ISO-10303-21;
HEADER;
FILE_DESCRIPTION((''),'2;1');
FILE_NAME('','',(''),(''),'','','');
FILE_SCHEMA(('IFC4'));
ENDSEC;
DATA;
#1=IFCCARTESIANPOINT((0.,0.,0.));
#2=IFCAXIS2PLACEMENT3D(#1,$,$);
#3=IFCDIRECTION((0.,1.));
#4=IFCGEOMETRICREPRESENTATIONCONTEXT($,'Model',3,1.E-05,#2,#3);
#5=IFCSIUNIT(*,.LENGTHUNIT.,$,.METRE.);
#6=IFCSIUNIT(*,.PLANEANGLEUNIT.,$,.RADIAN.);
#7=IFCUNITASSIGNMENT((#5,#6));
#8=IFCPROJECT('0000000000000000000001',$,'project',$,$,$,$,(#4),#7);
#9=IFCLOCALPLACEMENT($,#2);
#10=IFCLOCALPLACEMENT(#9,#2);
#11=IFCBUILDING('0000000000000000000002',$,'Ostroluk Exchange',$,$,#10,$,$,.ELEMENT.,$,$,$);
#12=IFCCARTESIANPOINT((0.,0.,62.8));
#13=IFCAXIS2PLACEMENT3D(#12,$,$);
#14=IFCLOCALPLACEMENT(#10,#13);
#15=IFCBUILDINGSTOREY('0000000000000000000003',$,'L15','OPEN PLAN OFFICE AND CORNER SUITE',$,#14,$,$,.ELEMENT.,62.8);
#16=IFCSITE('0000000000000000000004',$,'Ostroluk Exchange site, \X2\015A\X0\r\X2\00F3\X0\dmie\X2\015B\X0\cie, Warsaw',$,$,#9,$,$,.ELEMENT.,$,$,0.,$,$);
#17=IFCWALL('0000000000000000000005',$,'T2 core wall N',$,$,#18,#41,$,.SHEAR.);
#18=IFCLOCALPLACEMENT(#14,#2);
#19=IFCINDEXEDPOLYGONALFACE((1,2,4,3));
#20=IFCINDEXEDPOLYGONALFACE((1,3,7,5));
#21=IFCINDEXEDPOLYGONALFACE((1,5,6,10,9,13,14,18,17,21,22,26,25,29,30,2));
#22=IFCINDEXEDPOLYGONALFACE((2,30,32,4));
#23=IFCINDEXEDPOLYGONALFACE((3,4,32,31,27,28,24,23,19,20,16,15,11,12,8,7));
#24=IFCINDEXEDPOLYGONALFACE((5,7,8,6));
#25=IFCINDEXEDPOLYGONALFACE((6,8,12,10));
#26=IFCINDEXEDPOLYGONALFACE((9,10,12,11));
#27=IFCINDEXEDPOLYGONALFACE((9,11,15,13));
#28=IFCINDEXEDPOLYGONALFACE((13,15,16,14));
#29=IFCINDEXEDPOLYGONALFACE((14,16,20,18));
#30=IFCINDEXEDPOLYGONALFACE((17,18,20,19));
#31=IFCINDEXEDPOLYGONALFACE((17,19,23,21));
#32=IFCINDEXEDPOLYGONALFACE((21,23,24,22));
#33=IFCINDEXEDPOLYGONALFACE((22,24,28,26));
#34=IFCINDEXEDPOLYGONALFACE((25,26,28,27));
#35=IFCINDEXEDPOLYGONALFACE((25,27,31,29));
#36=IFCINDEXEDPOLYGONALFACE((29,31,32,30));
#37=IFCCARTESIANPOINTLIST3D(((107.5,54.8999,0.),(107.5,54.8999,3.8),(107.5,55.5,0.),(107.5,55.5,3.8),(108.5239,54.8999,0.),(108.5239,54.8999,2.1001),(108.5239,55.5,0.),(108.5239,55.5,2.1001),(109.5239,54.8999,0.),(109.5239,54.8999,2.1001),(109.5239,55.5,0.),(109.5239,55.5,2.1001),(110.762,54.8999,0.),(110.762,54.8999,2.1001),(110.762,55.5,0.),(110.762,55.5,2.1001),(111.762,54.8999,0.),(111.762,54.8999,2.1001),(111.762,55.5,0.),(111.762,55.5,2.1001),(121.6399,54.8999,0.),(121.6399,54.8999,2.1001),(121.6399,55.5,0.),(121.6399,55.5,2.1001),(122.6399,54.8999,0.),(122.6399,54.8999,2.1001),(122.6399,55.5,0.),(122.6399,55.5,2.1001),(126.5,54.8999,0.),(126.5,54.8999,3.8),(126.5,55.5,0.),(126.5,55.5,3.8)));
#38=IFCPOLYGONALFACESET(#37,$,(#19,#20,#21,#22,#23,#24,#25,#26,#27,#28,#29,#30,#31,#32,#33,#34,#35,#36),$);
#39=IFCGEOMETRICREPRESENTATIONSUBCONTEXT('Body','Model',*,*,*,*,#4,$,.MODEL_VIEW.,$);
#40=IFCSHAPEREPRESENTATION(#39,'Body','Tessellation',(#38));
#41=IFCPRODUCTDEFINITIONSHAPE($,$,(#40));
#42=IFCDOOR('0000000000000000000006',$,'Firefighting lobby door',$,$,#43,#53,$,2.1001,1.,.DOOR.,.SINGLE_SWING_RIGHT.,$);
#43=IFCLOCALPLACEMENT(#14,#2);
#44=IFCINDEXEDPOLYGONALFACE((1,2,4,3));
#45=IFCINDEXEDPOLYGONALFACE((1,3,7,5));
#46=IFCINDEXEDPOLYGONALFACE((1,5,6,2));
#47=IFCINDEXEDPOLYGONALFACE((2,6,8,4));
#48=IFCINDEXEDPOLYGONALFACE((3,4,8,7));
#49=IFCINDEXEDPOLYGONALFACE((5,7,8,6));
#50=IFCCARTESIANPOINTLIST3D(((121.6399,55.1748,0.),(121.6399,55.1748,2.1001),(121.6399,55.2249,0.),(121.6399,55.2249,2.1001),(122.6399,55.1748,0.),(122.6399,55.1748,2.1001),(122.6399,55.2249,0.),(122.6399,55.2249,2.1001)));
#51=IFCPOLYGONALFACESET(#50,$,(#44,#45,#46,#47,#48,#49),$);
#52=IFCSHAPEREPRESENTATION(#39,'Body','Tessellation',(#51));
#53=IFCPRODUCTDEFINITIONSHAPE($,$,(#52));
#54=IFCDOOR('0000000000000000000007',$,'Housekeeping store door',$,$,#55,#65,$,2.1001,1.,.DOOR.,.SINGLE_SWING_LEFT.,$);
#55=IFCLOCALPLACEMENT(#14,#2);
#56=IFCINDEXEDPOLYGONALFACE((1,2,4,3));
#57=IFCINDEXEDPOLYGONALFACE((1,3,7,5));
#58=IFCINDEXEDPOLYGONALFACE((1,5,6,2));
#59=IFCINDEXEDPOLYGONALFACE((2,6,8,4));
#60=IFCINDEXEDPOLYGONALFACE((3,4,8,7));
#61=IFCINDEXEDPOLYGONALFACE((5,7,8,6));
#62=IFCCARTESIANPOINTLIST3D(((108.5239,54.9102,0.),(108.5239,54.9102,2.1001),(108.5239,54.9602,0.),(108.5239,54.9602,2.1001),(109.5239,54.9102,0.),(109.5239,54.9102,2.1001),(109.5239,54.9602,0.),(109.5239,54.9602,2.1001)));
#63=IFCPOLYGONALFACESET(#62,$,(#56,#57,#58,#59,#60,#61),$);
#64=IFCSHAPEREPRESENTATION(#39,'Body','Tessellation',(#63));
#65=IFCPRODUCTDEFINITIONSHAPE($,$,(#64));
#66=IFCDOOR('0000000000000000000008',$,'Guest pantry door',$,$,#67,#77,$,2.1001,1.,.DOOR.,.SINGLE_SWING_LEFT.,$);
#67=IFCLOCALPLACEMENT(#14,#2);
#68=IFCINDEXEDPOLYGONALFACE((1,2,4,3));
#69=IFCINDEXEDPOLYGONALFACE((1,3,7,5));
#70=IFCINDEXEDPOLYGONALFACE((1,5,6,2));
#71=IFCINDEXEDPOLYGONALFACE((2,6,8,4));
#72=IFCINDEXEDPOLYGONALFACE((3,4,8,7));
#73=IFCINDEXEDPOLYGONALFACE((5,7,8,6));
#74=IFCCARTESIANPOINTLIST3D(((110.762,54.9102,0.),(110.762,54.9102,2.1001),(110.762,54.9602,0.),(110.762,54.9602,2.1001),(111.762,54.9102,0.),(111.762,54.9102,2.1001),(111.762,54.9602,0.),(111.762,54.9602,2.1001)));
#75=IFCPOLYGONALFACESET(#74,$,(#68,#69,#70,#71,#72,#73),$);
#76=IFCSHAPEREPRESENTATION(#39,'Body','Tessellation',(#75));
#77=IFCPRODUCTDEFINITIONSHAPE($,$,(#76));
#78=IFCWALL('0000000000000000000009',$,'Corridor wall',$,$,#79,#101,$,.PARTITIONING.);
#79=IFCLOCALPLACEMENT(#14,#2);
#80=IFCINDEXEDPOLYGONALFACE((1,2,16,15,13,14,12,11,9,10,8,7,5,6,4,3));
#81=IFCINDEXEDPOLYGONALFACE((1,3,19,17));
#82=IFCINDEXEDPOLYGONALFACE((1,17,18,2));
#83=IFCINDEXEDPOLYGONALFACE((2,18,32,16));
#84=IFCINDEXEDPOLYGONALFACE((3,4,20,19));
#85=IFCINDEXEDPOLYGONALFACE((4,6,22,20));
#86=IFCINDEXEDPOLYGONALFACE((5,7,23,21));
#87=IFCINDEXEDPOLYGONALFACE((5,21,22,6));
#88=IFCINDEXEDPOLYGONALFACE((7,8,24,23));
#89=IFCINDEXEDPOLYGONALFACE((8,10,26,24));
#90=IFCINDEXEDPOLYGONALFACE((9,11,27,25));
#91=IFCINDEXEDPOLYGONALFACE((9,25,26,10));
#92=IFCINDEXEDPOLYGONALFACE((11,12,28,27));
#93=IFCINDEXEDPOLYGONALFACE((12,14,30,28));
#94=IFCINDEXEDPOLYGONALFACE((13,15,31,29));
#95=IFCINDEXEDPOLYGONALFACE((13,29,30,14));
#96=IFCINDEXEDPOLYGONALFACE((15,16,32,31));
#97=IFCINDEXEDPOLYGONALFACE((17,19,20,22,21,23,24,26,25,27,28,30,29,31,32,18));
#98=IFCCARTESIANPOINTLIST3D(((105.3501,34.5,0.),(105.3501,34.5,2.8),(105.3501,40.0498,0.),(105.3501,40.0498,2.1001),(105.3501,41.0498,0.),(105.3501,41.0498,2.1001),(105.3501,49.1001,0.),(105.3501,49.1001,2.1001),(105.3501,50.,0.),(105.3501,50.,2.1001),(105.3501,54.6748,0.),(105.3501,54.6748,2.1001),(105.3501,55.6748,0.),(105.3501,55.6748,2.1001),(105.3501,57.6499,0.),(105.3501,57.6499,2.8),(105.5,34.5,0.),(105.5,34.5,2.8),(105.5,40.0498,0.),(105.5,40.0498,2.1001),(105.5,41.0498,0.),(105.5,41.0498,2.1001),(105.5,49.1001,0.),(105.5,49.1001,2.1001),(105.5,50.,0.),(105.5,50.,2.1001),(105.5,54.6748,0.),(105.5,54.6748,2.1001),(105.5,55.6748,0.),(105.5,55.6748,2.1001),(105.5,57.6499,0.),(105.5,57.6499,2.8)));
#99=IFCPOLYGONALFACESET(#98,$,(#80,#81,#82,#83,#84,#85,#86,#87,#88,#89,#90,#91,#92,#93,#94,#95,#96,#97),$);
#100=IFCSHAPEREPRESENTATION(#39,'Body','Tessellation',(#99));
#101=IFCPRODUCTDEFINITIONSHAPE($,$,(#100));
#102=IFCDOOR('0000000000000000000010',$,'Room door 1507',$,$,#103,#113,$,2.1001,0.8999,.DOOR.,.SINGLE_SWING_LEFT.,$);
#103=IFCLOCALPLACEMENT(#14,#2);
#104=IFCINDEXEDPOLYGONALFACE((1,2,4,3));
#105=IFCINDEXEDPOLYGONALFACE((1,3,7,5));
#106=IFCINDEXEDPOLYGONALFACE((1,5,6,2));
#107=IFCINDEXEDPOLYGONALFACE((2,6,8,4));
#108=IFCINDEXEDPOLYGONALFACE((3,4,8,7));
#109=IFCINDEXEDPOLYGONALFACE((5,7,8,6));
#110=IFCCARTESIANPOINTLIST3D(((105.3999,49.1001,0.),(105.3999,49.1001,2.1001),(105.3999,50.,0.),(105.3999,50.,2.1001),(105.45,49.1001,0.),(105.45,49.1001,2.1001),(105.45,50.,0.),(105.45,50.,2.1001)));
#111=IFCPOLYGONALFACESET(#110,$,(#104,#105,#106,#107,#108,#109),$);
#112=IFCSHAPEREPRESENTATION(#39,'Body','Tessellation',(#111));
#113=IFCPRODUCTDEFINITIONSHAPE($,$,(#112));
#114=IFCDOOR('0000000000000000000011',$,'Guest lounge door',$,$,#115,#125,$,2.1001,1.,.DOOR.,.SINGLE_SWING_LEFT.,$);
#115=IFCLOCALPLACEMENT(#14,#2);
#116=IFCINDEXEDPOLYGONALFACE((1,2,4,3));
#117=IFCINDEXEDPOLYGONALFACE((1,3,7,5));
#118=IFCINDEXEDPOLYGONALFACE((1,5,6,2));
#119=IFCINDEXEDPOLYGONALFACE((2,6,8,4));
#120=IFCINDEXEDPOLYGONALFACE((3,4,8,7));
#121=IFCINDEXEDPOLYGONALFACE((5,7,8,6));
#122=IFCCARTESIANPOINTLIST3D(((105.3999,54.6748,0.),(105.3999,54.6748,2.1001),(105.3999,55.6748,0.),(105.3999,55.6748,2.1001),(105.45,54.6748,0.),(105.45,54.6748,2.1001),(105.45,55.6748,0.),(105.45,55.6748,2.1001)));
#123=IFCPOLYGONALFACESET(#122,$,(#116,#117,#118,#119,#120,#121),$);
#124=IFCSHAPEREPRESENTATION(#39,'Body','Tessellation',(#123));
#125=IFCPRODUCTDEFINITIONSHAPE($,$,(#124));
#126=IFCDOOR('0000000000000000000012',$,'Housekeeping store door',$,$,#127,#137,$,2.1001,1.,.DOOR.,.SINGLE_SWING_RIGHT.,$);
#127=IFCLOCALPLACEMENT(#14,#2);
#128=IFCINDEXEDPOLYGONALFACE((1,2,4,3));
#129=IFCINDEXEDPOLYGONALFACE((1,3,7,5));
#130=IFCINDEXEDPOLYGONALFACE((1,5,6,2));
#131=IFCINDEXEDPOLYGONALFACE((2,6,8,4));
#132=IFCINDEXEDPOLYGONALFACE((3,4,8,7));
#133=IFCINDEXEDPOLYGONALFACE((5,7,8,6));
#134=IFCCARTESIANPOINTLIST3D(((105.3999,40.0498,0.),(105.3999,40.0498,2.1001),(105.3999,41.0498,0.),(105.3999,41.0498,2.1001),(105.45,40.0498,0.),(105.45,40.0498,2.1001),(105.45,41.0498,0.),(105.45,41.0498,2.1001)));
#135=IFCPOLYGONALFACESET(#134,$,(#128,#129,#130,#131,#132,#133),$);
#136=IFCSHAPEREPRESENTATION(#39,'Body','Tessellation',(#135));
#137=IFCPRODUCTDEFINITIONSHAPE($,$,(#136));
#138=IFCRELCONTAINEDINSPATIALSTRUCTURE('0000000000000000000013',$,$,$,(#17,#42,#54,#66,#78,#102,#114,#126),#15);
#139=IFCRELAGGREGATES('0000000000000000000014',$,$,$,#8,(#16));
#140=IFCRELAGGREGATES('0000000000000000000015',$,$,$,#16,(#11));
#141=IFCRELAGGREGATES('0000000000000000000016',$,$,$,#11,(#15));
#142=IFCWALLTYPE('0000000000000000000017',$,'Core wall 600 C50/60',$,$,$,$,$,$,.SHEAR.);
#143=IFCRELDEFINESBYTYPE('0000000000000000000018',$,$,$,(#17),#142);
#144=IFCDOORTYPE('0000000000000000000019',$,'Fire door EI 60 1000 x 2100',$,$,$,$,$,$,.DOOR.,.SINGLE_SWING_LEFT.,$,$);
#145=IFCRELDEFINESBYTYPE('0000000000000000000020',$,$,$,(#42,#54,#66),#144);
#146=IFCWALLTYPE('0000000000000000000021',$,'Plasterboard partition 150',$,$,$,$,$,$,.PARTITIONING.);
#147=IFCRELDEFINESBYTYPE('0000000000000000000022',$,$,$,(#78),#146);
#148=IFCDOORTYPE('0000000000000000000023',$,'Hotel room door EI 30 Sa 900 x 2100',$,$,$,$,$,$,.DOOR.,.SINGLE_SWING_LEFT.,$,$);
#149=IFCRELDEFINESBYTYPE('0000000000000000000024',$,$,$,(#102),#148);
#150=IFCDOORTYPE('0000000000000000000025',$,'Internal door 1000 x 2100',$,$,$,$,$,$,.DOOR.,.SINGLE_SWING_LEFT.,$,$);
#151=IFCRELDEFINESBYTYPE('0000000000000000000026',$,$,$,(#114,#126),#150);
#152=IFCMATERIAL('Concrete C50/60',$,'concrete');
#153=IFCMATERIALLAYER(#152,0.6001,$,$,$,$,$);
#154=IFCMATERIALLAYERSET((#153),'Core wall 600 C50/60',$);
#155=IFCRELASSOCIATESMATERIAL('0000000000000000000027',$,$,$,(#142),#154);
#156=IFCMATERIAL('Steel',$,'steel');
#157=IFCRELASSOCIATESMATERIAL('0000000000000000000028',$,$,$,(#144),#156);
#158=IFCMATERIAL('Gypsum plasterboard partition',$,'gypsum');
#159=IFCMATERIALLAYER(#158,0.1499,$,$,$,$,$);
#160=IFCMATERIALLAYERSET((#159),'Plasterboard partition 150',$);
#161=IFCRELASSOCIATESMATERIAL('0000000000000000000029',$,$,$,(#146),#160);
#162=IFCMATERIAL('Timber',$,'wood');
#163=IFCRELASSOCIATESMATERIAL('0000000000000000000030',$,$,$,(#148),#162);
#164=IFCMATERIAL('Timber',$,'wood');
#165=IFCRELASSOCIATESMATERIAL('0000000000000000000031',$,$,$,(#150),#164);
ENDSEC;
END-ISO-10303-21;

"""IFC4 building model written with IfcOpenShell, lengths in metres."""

from ifc_helpers import new_model, si_unit, direction, frame, frame_2d, origin, place, context, subcontext, project, spatial, rectangle, extrude, material, layer, layer_set, type_object, element, fill, save


model = new_model("IFC4")

# Units and contexts
model_context = context("Model", 3, precision=1e-05, world=origin(), true_north=direction((0.0, 1.0)))
body_context = subcontext(model_context, "Body", "Model", "MODEL_VIEW")
ifc_project = project(units=[si_unit("LENGTHUNIT", "METRE"), si_unit("PLANEANGLEUNIT", "RADIAN")], contexts=[model_context])

# Site, building, storey
site_placement = place(None, origin())
site = spatial("IfcSite", under=ifc_project, at=site_placement, Name="Ostroluk Exchange site, Śródmieście, Warsaw", CompositionType="ELEMENT", RefElevation=0.0)
building_placement = place(site_placement, origin())
building = spatial("IfcBuilding", under=site, at=building_placement, Name="Ostroluk Exchange", CompositionType="ELEMENT")
storey_placement = place(building_placement, frame((0.0, 0.0, 62.8)))
storey = spatial("IfcBuildingStorey", under=building, at=storey_placement, Name="L15", Description="OPEN PLAN OFFICE AND CORNER SUITE", CompositionType="ELEMENT", Elevation=62.8)

# Walls, openings, doors
ifc_material_1 = material(Name="Concrete C50/60", Category="concrete")
ifc_layer_1 = layer(ifc_material_1, 0.6001)
ifc_layer_set_1 = layer_set([ifc_layer_1], Name="Core wall 600 C50/60")
wall_type_1 = type_object("IfcWallType", Name="Core wall 600 C50/60", PredefinedType="SHEAR", material=ifc_layer_set_1)
wall_1_placement = place(storey_placement, frame((107.5, 55.2, 0.0), z_axis=(0.0, 0.0, 1.0), x_axis=(1.0, 0.0, 0.0)))
wall_1 = element("IfcWall", 1, at=wall_1_placement, inside=storey, type_object=wall_type_1, Name="T2 core wall N", PredefinedType="SHEAR", context=body_context, shape_type="SweptSolid", body=[
    extrude(rectangle(XDim=19.0, YDim=0.6001, at=frame_2d((9.5, 0.0))), origin(), (0.0, 0.0, 1.0), 3.8),
])
opening_1_placement = place(wall_1_placement, frame((14.1399, 0.0, 0.0)))
opening_1 = element("IfcOpeningElement", 2, at=opening_1_placement, cuts=wall_1, PredefinedType="OPENING", context=body_context, shape_type="SweptSolid", body=[
    extrude(rectangle(XDim=1.0, YDim=2.1001, at=frame_2d((0.5, 1.05))), frame((0.0, 0.3101, 0.0), z_axis=(0.0, -1.0, 0.0), x_axis=(1.0, 0.0, 0.0)), (0.0, 0.0, 1.0), 0.6201),
])
opening_2_placement = place(wall_1_placement, frame((1.0239, 0.0, 0.0)))
opening_2 = element("IfcOpeningElement", 3, at=opening_2_placement, cuts=wall_1, PredefinedType="OPENING", context=body_context, shape_type="SweptSolid", body=[
    extrude(rectangle(XDim=1.0, YDim=2.1001, at=frame_2d((0.5, 1.05))), frame((0.0, 0.3101, 0.0), z_axis=(0.0, -1.0, 0.0), x_axis=(1.0, 0.0, 0.0)), (0.0, 0.0, 1.0), 0.6201),
])
opening_3_placement = place(wall_1_placement, frame((3.262, 0.0, 0.0)))
opening_3 = element("IfcOpeningElement", 4, at=opening_3_placement, cuts=wall_1, PredefinedType="OPENING", context=body_context, shape_type="SweptSolid", body=[
    extrude(rectangle(XDim=1.0, YDim=2.1001, at=frame_2d((0.5, 1.05))), frame((0.0, 0.3101, 0.0), z_axis=(0.0, -1.0, 0.0), x_axis=(1.0, 0.0, 0.0)), (0.0, 0.0, 1.0), 0.6201),
])
ifc_material_2 = material(Name="Steel", Category="steel")
door_type_1 = type_object("IfcDoorType", Name="Fire door EI 60 1000 x 2100", OperationType="SINGLE_SWING_LEFT", PredefinedType="DOOR", material=ifc_material_2)
door_1_placement = place(opening_1_placement, origin())
door_1 = element("IfcDoor", 5, at=door_1_placement, inside=storey, type_object=door_type_1, Name="Firefighting lobby door", OperationType="SINGLE_SWING_RIGHT", OverallHeight=2.1001, OverallWidth=1.0, PredefinedType="DOOR", context=body_context, shape_type="SweptSolid", body=[
    extrude(rectangle(XDim=1.0, YDim=2.1001, at=frame_2d((0.5, 1.05))), frame((0.0, 0.0249, 0.0), z_axis=(0.0, -1.0, 0.0), x_axis=(1.0, 0.0, 0.0)), (0.0, 0.0, 1.0), 0.05),
])
fill(opening_1, door_1)
door_2_placement = place(opening_2_placement, origin())
door_2 = element("IfcDoor", 6, at=door_2_placement, inside=storey, type_object=door_type_1, Name="Housekeeping store door", OperationType="SINGLE_SWING_LEFT", OverallHeight=2.1001, OverallWidth=1.0, PredefinedType="DOOR", context=body_context, shape_type="SweptSolid", body=[
    extrude(rectangle(XDim=1.0, YDim=2.1001, at=frame_2d((0.5, 1.05))), frame((0.0, -0.2397, 0.0), z_axis=(0.0, -1.0, 0.0), x_axis=(1.0, 0.0, 0.0)), (0.0, 0.0, 1.0), 0.05),
])
fill(opening_2, door_2)
door_3_placement = place(opening_3_placement, origin())
door_3 = element("IfcDoor", 7, at=door_3_placement, inside=storey, type_object=door_type_1, Name="Guest pantry door", OperationType="SINGLE_SWING_LEFT", OverallHeight=2.1001, OverallWidth=1.0, PredefinedType="DOOR", context=body_context, shape_type="SweptSolid", body=[
    extrude(rectangle(XDim=1.0, YDim=2.1001, at=frame_2d((0.5, 1.05))), frame((0.0, -0.2397, 0.0), z_axis=(0.0, -1.0, 0.0), x_axis=(1.0, 0.0, 0.0)), (0.0, 0.0, 1.0), 0.05),
])
fill(opening_3, door_3)
ifc_material_3 = material(Name="Gypsum plasterboard partition", Category="gypsum")
ifc_layer_2 = layer(ifc_material_3, 0.1499)
ifc_layer_set_2 = layer_set([ifc_layer_2], Name="Plasterboard partition 150")
wall_type_2 = type_object("IfcWallType", Name="Plasterboard partition 150", PredefinedType="PARTITIONING", material=ifc_layer_set_2)
wall_2_placement = place(storey_placement, frame((105.425, 57.6499, 0.0), z_axis=(0.0, 0.0, 1.0), x_axis=(0.0, -1.0, 0.0)))
wall_2 = element("IfcWall", 8, at=wall_2_placement, inside=storey, type_object=wall_type_2, Name="Corridor wall", PredefinedType="PARTITIONING", context=body_context, shape_type="SweptSolid", body=[
    extrude(rectangle(XDim=23.1499, YDim=0.1499, at=frame_2d((11.575, 0.0))), origin(), (0.0, 0.0, 1.0), 2.8),
])
opening_4_placement = place(wall_2_placement, frame((1.9751, 0.0, 0.0)))
opening_4 = element("IfcOpeningElement", 9, at=opening_4_placement, cuts=wall_2, PredefinedType="OPENING", context=body_context, shape_type="SweptSolid", body=[
    extrude(rectangle(XDim=1.0, YDim=2.1001, at=frame_2d((0.5, 1.05))), frame((0.0, 0.085, 0.0), z_axis=(0.0, -1.0, 0.0), x_axis=(1.0, 0.0, 0.0)), (0.0, 0.0, 1.0), 0.1699),
])
opening_5_placement = place(wall_2_placement, frame((7.6499, 0.0, 0.0)))
opening_5 = element("IfcOpeningElement", 10, at=opening_5_placement, cuts=wall_2, PredefinedType="OPENING", context=body_context, shape_type="SweptSolid", body=[
    extrude(rectangle(XDim=0.8999, YDim=2.1001, at=frame_2d((0.45, 1.05))), frame((0.0, 0.085, 0.0), z_axis=(0.0, -1.0, 0.0), x_axis=(1.0, 0.0, 0.0)), (0.0, 0.0, 1.0), 0.1699),
])
opening_6_placement = place(wall_2_placement, frame((16.6001, 0.0, 0.0)))
opening_6 = element("IfcOpeningElement", 11, at=opening_6_placement, cuts=wall_2, PredefinedType="OPENING", context=body_context, shape_type="SweptSolid", body=[
    extrude(rectangle(XDim=1.0, YDim=2.1001, at=frame_2d((0.5, 1.05))), frame((0.0, 0.085, 0.0), z_axis=(0.0, -1.0, 0.0), x_axis=(1.0, 0.0, 0.0)), (0.0, 0.0, 1.0), 0.1699),
])
ifc_material_4 = material(Name="Timber", Category="wood")
door_type_2 = type_object("IfcDoorType", Name="Hotel room door EI 30 Sa 900 x 2100", OperationType="SINGLE_SWING_LEFT", PredefinedType="DOOR", material=ifc_material_4)
door_4_placement = place(opening_5_placement, origin())
door_4 = element("IfcDoor", 12, at=door_4_placement, inside=storey, type_object=door_type_2, Name="Room door 1507", OperationType="SINGLE_SWING_LEFT", OverallHeight=2.1001, OverallWidth=0.8999, PredefinedType="DOOR", context=body_context, shape_type="SweptSolid", body=[
    extrude(rectangle(XDim=0.8999, YDim=2.1001, at=frame_2d((0.45, 1.05))), frame((0.0, 0.0249, 0.0), z_axis=(0.0, -1.0, 0.0), x_axis=(1.0, 0.0, 0.0)), (0.0, 0.0, 1.0), 0.05),
])
fill(opening_5, door_4)
ifc_material_5 = material(Name="Timber", Category="wood")
door_type_3 = type_object("IfcDoorType", Name="Internal door 1000 x 2100", OperationType="SINGLE_SWING_LEFT", PredefinedType="DOOR", material=ifc_material_5)
door_5_placement = place(opening_4_placement, origin())
door_5 = element("IfcDoor", 13, at=door_5_placement, inside=storey, type_object=door_type_3, Name="Guest lounge door", OperationType="SINGLE_SWING_LEFT", OverallHeight=2.1001, OverallWidth=1.0, PredefinedType="DOOR", context=body_context, shape_type="SweptSolid", body=[
    extrude(rectangle(XDim=1.0, YDim=2.1001, at=frame_2d((0.5, 1.05))), frame((0.0, 0.0249, 0.0), z_axis=(0.0, -1.0, 0.0), x_axis=(1.0, 0.0, 0.0)), (0.0, 0.0, 1.0), 0.05),
])
fill(opening_4, door_5)
door_6_placement = place(opening_6_placement, origin())
door_6 = element("IfcDoor", 14, at=door_6_placement, inside=storey, type_object=door_type_3, Name="Housekeeping store door", OperationType="SINGLE_SWING_RIGHT", OverallHeight=2.1001, OverallWidth=1.0, PredefinedType="DOOR", context=body_context, shape_type="SweptSolid", body=[
    extrude(rectangle(XDim=1.0, YDim=2.1001, at=frame_2d((0.5, 1.05))), frame((0.0, 0.0249, 0.0), z_axis=(0.0, -1.0, 0.0), x_axis=(1.0, 0.0, 0.0)), (0.0, 0.0, 1.0), 0.05),
])
fill(opening_6, door_6)

save(model, "model.ifc")
